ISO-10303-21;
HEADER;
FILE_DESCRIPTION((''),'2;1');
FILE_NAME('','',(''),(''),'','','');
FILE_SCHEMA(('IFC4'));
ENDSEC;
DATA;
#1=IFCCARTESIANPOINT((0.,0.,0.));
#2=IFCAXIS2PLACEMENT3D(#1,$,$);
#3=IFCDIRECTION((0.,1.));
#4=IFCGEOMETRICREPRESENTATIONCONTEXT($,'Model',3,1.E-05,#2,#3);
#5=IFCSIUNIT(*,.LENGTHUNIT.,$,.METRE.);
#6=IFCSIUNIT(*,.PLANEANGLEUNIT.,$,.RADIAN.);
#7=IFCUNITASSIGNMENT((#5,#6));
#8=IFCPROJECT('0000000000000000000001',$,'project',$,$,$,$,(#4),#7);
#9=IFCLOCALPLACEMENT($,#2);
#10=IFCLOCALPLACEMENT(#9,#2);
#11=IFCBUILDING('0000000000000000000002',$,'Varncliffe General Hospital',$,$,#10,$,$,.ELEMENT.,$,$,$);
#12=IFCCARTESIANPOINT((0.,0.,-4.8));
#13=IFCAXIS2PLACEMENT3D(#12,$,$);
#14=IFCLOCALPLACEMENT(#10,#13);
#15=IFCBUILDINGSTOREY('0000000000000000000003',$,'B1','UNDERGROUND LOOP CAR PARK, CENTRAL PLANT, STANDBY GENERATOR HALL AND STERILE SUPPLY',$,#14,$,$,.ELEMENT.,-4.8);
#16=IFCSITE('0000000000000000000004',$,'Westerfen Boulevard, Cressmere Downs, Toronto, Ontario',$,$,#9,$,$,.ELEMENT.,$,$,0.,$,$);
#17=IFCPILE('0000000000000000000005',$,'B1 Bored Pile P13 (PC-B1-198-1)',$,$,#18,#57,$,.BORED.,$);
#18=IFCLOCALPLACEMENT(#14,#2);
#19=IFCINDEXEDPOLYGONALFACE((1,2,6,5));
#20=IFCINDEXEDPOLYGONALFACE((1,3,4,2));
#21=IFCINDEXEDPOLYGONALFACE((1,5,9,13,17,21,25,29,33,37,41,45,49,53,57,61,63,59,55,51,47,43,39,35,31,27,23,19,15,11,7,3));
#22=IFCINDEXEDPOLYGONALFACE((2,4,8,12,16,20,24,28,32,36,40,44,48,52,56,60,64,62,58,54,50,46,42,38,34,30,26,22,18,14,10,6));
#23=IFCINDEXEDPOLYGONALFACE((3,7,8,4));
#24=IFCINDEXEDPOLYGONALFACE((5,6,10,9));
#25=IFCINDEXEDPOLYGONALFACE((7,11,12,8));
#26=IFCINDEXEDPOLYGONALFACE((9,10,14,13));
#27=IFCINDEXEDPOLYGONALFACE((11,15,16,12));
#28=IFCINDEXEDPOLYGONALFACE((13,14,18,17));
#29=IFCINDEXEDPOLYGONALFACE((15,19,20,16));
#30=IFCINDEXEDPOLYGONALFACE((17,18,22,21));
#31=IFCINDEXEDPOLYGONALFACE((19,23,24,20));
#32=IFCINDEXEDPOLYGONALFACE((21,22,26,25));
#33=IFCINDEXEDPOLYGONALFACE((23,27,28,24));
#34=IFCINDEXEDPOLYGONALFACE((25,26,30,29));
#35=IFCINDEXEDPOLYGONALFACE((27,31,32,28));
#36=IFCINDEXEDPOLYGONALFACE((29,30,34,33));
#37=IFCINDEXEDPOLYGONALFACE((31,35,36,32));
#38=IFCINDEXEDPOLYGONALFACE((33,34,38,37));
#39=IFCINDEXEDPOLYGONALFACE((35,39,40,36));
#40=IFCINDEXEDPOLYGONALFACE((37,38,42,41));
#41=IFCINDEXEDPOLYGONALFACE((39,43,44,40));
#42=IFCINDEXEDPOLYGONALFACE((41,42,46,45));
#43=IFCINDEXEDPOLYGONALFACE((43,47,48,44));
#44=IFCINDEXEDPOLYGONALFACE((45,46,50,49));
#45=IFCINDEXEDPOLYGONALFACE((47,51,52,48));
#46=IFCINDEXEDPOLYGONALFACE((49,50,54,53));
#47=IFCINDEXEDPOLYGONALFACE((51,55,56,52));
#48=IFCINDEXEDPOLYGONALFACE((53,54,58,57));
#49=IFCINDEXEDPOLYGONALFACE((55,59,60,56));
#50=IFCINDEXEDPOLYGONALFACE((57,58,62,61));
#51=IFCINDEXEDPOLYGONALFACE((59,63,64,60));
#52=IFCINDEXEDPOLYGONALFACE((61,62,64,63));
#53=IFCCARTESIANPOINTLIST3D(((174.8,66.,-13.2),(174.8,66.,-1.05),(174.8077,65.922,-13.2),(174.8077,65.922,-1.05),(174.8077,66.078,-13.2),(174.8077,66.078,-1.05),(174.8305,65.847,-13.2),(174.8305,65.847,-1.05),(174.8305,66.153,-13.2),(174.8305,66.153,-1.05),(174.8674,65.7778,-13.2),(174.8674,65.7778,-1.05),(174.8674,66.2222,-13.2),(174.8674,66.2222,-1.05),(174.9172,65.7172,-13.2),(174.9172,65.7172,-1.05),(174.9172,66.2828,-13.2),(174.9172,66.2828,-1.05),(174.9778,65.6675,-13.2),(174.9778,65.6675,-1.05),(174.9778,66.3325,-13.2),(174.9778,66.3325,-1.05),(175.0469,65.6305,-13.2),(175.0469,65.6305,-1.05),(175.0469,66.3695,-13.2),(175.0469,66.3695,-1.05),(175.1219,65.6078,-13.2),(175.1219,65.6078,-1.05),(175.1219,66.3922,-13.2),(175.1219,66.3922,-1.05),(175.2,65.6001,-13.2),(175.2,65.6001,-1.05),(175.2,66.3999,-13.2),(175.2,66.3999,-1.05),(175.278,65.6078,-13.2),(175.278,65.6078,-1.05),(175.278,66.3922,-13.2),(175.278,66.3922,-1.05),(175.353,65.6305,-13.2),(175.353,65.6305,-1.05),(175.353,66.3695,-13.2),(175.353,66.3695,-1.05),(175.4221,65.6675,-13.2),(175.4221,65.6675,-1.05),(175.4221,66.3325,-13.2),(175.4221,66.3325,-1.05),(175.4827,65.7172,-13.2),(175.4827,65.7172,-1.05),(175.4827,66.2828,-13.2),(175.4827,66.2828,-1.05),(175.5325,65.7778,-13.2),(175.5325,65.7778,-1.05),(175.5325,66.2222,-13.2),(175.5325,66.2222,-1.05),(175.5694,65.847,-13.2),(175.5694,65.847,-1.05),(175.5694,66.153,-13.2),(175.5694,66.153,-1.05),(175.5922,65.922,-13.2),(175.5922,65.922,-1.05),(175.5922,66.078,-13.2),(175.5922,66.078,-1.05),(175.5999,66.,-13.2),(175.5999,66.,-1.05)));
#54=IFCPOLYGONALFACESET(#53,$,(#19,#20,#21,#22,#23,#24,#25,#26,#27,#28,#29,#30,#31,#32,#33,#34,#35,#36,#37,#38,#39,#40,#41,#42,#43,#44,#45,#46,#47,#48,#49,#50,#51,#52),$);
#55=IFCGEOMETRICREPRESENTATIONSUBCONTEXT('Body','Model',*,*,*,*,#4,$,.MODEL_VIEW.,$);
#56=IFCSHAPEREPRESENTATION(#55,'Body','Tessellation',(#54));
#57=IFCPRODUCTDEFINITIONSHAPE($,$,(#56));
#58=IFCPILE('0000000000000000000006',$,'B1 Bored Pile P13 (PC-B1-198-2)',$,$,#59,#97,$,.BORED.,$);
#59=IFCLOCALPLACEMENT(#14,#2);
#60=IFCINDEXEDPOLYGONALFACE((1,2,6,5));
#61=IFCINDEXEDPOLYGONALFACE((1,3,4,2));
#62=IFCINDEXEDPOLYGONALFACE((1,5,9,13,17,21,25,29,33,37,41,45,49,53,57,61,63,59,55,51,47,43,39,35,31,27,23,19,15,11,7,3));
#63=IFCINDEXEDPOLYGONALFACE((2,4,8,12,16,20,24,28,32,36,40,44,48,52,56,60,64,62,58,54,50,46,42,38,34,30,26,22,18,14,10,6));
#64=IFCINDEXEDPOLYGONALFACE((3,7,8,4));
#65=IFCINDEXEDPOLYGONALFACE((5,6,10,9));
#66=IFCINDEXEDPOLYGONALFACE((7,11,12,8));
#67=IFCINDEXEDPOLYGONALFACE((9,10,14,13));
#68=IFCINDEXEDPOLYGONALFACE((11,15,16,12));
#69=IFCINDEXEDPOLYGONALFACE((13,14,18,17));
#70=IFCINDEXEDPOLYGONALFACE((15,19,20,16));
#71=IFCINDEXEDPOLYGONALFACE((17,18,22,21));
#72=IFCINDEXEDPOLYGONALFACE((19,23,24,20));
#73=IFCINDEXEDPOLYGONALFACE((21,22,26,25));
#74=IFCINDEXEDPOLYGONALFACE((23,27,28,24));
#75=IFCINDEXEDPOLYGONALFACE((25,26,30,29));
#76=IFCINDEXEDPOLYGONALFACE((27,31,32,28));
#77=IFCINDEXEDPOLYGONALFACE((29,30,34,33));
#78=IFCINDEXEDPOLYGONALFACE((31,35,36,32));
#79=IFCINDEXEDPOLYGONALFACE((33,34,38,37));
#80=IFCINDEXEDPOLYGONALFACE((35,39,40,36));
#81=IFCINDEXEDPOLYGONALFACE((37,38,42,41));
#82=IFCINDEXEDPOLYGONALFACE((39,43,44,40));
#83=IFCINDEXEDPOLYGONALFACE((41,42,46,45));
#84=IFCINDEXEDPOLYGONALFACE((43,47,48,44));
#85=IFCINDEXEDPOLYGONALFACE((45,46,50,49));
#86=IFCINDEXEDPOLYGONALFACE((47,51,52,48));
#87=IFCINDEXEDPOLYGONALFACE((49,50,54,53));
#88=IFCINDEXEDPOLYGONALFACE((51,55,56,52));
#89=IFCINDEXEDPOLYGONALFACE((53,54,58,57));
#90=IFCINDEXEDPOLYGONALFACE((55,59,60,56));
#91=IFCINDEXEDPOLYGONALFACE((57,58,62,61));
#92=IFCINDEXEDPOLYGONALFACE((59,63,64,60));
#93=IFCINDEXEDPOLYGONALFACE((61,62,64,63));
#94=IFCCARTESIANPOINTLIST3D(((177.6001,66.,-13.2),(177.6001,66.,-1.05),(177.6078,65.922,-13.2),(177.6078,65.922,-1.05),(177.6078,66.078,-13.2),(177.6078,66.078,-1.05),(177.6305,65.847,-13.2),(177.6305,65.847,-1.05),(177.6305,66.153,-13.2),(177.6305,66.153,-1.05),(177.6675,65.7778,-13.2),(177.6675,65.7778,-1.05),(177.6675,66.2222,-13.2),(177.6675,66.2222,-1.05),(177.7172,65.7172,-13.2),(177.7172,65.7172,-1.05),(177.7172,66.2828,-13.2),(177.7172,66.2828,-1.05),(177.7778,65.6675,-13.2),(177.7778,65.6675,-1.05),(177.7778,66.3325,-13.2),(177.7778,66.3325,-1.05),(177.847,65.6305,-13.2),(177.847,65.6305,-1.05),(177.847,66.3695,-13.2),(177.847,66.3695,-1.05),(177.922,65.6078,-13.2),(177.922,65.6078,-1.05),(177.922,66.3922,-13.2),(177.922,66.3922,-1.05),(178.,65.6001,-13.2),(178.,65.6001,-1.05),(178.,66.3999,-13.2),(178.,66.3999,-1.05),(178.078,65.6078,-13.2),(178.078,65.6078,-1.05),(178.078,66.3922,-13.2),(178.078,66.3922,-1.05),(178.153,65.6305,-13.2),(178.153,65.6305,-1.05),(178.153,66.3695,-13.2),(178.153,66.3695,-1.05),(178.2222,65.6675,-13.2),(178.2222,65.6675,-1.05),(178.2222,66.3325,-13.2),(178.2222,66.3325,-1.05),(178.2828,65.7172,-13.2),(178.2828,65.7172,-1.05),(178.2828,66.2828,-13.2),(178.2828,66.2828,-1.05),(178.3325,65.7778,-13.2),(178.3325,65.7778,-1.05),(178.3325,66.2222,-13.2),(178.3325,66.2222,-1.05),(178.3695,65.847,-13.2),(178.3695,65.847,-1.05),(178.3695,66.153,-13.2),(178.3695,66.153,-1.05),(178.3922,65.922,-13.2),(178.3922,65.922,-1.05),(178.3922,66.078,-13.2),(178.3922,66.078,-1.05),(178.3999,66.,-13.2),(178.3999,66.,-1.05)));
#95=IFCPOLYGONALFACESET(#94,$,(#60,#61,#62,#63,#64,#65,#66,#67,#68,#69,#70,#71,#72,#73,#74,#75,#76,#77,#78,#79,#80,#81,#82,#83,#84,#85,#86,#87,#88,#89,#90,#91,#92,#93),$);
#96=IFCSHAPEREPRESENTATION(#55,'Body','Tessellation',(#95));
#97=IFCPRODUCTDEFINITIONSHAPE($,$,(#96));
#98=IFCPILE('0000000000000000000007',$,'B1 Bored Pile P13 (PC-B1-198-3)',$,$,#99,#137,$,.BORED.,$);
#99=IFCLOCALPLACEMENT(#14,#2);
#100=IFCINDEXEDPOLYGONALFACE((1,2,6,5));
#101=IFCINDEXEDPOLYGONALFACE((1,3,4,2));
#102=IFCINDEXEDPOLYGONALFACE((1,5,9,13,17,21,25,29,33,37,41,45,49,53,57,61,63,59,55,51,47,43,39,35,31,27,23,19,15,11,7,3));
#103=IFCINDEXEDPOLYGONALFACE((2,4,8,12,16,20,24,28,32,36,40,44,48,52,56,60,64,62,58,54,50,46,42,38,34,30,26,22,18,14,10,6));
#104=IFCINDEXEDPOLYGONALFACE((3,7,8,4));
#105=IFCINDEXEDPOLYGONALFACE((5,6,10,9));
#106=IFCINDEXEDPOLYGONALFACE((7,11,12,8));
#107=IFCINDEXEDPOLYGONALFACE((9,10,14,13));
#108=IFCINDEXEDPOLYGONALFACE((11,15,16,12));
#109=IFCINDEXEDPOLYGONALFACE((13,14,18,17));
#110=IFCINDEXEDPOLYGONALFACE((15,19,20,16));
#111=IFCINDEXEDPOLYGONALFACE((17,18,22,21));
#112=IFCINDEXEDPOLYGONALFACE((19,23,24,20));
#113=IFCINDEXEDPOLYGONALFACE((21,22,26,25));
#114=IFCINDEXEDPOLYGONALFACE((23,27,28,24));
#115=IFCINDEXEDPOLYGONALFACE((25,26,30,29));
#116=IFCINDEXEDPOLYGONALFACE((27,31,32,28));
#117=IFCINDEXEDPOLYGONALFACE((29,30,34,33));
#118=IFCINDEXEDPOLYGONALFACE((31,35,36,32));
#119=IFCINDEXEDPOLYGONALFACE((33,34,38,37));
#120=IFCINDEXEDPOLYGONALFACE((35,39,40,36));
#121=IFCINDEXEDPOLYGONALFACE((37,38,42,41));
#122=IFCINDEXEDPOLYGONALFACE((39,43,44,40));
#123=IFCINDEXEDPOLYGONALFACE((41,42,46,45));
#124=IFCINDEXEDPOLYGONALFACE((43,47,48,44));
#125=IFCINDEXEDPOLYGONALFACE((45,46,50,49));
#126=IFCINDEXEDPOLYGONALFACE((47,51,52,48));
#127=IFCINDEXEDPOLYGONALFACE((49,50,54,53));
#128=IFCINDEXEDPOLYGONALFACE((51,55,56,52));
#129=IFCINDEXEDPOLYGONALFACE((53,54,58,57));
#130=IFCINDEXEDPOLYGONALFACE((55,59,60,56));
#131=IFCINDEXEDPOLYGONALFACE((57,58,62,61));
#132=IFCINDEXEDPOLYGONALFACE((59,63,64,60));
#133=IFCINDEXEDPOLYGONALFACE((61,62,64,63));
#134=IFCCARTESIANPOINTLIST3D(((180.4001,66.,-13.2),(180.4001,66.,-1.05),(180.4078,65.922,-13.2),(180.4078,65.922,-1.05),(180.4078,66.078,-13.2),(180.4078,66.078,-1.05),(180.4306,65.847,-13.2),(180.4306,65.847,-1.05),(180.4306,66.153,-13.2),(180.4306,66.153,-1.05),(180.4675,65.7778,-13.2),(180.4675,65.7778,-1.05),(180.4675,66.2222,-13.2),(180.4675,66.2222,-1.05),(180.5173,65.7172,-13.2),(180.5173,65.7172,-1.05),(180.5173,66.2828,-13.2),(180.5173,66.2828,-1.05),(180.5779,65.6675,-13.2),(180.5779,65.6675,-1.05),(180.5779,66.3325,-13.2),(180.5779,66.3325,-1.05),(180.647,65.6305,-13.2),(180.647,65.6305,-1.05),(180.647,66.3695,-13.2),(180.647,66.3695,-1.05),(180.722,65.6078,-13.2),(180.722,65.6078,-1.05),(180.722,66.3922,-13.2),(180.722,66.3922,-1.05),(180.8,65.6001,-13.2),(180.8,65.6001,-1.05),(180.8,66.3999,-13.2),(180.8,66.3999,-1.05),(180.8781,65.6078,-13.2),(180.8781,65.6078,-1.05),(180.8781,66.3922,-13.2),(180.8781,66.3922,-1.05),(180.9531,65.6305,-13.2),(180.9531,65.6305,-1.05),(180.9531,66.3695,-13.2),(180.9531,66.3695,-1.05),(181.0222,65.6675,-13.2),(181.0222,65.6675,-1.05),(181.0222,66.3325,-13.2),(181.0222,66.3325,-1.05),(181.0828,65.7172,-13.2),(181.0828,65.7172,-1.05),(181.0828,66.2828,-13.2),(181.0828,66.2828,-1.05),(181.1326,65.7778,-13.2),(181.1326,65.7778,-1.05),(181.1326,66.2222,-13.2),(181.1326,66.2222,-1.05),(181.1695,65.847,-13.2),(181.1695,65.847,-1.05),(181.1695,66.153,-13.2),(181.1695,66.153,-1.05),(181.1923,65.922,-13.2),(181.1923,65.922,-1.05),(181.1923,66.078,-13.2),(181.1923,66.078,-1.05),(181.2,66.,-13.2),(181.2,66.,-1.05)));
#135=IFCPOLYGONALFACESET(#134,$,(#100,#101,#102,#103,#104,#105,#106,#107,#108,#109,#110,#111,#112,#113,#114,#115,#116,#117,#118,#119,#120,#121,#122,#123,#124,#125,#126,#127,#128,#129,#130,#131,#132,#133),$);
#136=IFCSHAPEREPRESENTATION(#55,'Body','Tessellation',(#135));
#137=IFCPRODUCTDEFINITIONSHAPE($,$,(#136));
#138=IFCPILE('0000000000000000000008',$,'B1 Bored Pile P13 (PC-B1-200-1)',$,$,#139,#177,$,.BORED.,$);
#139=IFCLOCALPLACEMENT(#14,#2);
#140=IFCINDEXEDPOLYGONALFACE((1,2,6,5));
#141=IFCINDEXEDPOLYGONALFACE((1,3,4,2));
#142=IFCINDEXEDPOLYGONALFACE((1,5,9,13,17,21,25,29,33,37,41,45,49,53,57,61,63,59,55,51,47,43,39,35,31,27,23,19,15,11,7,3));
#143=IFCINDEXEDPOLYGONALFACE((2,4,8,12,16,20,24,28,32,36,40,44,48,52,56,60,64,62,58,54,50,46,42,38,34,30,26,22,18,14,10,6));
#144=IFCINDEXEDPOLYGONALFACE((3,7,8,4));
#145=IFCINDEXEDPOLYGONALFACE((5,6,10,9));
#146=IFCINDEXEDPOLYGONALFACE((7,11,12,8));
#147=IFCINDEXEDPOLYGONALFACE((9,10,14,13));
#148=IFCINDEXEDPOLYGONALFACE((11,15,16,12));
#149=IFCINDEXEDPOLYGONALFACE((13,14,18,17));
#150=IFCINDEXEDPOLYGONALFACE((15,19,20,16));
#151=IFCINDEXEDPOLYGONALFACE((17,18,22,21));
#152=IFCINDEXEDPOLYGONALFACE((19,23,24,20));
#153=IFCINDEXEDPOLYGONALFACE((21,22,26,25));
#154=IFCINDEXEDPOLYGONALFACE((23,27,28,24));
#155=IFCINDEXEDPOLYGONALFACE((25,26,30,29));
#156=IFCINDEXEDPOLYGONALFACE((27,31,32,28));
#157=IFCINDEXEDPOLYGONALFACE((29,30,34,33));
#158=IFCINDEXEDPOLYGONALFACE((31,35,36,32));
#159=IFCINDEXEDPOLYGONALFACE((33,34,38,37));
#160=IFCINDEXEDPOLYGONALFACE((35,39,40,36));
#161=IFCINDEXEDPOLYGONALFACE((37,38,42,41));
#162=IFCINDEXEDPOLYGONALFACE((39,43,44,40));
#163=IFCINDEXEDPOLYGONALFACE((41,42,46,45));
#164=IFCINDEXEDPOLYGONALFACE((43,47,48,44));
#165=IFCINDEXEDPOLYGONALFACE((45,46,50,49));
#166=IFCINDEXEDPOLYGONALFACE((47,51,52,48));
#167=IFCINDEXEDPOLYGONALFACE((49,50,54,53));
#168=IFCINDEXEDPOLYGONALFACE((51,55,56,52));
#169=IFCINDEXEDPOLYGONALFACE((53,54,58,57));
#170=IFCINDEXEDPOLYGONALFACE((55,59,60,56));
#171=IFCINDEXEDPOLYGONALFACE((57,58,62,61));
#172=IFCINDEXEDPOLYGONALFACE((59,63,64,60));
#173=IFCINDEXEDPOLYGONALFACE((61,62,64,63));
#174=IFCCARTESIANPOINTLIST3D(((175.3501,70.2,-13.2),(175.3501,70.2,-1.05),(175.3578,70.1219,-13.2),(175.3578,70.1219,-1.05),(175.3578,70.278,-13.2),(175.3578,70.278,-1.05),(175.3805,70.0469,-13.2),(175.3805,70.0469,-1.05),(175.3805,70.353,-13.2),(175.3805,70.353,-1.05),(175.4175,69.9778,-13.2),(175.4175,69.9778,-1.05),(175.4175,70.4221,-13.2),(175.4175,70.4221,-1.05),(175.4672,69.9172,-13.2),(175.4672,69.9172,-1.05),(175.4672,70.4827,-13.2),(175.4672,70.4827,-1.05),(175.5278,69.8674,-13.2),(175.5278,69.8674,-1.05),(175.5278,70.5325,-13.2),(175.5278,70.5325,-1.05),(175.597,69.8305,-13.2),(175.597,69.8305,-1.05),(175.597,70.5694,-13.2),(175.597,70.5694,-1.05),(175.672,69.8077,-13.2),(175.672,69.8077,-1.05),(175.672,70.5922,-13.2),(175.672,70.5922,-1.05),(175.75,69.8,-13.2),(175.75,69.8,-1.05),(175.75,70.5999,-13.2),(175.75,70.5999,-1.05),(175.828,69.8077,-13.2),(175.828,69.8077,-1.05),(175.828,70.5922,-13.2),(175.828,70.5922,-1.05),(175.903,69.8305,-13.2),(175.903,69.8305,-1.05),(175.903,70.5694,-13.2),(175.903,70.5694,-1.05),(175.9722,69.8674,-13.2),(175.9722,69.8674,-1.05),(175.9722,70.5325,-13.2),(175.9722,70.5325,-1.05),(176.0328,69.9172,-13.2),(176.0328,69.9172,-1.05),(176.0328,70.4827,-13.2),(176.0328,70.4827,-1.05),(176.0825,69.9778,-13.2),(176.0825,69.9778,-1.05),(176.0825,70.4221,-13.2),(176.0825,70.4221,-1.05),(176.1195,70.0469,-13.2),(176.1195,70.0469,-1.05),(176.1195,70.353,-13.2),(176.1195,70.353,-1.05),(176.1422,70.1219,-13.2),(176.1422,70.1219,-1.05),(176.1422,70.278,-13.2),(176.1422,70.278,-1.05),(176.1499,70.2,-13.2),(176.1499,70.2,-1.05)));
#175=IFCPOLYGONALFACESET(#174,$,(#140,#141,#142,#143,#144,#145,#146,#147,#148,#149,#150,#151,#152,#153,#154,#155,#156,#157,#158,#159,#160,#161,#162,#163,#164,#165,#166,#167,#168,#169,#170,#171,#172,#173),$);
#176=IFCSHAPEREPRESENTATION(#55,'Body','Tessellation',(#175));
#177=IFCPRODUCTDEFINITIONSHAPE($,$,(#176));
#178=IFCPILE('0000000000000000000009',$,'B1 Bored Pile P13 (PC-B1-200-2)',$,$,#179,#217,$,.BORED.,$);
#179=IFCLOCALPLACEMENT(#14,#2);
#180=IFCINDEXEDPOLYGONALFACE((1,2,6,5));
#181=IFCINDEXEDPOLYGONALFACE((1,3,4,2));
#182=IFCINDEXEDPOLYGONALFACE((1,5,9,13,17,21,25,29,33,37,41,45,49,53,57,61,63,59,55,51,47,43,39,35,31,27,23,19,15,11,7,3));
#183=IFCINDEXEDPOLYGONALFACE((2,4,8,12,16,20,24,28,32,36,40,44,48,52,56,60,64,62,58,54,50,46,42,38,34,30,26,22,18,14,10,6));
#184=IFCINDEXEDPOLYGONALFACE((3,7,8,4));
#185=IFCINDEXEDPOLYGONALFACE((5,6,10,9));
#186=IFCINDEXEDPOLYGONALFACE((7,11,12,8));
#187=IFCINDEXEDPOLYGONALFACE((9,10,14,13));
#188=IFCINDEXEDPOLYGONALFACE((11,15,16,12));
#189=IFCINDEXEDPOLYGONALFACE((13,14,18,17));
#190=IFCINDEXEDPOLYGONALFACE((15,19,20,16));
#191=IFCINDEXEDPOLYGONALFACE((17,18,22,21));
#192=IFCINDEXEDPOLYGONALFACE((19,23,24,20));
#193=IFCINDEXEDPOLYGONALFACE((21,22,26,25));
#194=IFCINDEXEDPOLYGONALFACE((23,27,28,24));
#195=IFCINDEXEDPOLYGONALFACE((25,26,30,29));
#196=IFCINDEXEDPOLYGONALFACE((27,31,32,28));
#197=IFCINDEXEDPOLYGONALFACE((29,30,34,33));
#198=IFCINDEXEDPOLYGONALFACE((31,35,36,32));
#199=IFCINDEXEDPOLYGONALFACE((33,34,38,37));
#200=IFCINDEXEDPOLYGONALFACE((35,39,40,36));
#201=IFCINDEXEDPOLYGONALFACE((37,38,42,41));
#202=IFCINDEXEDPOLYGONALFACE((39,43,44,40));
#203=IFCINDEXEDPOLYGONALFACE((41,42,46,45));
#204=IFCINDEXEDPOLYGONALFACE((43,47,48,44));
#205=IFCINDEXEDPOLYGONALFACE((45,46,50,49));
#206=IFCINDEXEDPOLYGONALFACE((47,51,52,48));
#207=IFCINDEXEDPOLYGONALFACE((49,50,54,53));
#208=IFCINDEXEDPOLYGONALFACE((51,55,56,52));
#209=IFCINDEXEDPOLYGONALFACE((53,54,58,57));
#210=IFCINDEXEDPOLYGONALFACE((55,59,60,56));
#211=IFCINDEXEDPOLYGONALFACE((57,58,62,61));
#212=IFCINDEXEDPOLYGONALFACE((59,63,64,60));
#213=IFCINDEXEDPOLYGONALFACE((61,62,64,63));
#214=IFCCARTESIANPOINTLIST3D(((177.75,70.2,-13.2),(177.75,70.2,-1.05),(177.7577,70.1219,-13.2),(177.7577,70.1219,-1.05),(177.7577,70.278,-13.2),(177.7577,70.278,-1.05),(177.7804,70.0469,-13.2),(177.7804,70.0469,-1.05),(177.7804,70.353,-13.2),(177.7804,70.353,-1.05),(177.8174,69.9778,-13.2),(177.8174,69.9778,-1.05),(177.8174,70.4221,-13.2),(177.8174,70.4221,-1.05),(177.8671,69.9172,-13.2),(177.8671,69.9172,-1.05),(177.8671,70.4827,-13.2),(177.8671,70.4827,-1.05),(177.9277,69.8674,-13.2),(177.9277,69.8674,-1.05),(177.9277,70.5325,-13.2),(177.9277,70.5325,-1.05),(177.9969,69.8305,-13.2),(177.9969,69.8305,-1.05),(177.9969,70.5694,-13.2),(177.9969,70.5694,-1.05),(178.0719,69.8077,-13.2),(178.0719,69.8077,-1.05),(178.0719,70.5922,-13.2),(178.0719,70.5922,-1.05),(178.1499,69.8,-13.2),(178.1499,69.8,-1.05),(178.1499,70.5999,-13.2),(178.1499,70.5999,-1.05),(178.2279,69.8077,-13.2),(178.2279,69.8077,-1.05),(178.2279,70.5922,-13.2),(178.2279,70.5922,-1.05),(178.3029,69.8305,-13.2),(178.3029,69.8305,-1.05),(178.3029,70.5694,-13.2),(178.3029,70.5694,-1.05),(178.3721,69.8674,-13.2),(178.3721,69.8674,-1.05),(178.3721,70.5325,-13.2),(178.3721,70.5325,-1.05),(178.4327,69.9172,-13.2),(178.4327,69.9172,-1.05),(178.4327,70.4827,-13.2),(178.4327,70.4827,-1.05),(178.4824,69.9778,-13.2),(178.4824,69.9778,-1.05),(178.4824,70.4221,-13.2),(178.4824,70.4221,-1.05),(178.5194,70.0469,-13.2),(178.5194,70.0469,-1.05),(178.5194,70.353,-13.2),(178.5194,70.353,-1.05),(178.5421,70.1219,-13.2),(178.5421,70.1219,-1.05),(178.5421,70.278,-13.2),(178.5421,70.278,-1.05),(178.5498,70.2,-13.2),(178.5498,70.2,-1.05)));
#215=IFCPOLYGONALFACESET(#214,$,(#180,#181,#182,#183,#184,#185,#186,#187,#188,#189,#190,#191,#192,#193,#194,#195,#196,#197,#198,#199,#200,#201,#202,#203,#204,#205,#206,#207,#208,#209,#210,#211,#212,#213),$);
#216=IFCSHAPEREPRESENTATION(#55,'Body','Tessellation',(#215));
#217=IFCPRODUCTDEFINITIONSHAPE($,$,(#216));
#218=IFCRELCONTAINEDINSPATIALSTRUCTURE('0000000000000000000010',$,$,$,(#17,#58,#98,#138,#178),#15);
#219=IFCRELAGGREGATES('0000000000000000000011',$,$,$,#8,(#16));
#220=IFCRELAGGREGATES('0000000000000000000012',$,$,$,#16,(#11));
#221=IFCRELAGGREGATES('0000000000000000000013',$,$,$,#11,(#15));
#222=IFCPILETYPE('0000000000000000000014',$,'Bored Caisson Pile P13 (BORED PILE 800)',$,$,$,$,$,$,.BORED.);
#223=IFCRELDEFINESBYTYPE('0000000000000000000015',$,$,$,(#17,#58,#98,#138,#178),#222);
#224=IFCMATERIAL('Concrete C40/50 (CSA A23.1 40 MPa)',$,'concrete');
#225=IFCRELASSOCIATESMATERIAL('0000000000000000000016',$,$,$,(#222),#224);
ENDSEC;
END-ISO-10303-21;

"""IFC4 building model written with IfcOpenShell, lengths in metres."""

from ifc_helpers import new_model, si_unit, direction, frame, origin, origin_2d, place, context, subcontext, project, spatial, circle, extrude, material, material_profile, profile_set, type_object, element, save


model = new_model("IFC4")

# Units and contexts
model_context = context("Model", 3, precision=1e-05, world=origin(), true_north=direction((0.0, 1.0)))
body_context = subcontext(model_context, "Body", "Model", "MODEL_VIEW")
ifc_project = project(units=[si_unit("LENGTHUNIT", "METRE"), si_unit("PLANEANGLEUNIT", "RADIAN")], contexts=[model_context])

# Site, building, storey
site_placement = place(None, origin())
site = spatial("IfcSite", under=ifc_project, at=site_placement, Name="Westerfen Boulevard, Cressmere Downs, Toronto, Ontario", CompositionType="ELEMENT", RefElevation=0.0)
building_placement = place(site_placement, origin())
building = spatial("IfcBuilding", under=site, at=building_placement, Name="Varncliffe General Hospital", CompositionType="ELEMENT")
storey_placement = place(building_placement, frame((0.0, 0.0, -4.8)))
storey = spatial("IfcBuildingStorey", under=building, at=storey_placement, Name="B1", Description="UNDERGROUND LOOP CAR PARK, CENTRAL PLANT, STANDBY GENERATOR HALL AND STERILE SUPPLY", CompositionType="ELEMENT", Elevation=-4.8)

# Piles
ifc_material_1 = material(Name="Concrete C40/50 (CSA A23.1 40 MPa)", Category="concrete")
ifc_material_profile_1 = material_profile(ifc_material_1, circle(Radius=0.3999, at=origin_2d()), Name="BORED PILE 800")
ifc_profile_set_1 = profile_set([ifc_material_profile_1], Name="Concrete C40/50 (CSA A23.1 40 MPa)")
pile_type = type_object("IfcPileType", Name="Bored Caisson Pile P13 (BORED PILE 800)", PredefinedType="BORED", material=ifc_profile_set_1)
for number, where, z_axis, x_axis, name in (
    (1, (175.2, 66.0, -1.05), (0.0, 0.0, -1.0), (1.0, 0.0, 0.0), "B1 Bored Pile P13 (PC-B1-198-1)"),
    (2, (178.0, 66.0, -1.05), (0.0, 0.0, -1.0), (1.0, 0.0, 0.0), "B1 Bored Pile P13 (PC-B1-198-2)"),
    (3, (180.8, 66.0, -1.05), (0.0, 0.0, -1.0), (1.0, 0.0, 0.0), "B1 Bored Pile P13 (PC-B1-198-3)"),
    (4, (175.75, 70.2, -1.05), (0.0, 0.0, -1.0), (1.0, 0.0, 0.0), "B1 Bored Pile P13 (PC-B1-200-1)"),
    (5, (178.1499, 70.2, -1.05), (0.0, 0.0, -1.0), (1.0, 0.0, 0.0), "B1 Bored Pile P13 (PC-B1-200-2)"),
):
    element("IfcPile", number, at=place(storey_placement, frame(where, z_axis=z_axis, x_axis=x_axis)), inside=storey, type_object=pile_type, Name=name, PredefinedType="BORED", context=body_context, shape_type="SweptSolid", body=[
        extrude(circle(Radius=0.3999, at=origin_2d()), origin(), (0.0, 0.0, 1.0), 12.1499),
    ])

save(model, "model.ifc")
